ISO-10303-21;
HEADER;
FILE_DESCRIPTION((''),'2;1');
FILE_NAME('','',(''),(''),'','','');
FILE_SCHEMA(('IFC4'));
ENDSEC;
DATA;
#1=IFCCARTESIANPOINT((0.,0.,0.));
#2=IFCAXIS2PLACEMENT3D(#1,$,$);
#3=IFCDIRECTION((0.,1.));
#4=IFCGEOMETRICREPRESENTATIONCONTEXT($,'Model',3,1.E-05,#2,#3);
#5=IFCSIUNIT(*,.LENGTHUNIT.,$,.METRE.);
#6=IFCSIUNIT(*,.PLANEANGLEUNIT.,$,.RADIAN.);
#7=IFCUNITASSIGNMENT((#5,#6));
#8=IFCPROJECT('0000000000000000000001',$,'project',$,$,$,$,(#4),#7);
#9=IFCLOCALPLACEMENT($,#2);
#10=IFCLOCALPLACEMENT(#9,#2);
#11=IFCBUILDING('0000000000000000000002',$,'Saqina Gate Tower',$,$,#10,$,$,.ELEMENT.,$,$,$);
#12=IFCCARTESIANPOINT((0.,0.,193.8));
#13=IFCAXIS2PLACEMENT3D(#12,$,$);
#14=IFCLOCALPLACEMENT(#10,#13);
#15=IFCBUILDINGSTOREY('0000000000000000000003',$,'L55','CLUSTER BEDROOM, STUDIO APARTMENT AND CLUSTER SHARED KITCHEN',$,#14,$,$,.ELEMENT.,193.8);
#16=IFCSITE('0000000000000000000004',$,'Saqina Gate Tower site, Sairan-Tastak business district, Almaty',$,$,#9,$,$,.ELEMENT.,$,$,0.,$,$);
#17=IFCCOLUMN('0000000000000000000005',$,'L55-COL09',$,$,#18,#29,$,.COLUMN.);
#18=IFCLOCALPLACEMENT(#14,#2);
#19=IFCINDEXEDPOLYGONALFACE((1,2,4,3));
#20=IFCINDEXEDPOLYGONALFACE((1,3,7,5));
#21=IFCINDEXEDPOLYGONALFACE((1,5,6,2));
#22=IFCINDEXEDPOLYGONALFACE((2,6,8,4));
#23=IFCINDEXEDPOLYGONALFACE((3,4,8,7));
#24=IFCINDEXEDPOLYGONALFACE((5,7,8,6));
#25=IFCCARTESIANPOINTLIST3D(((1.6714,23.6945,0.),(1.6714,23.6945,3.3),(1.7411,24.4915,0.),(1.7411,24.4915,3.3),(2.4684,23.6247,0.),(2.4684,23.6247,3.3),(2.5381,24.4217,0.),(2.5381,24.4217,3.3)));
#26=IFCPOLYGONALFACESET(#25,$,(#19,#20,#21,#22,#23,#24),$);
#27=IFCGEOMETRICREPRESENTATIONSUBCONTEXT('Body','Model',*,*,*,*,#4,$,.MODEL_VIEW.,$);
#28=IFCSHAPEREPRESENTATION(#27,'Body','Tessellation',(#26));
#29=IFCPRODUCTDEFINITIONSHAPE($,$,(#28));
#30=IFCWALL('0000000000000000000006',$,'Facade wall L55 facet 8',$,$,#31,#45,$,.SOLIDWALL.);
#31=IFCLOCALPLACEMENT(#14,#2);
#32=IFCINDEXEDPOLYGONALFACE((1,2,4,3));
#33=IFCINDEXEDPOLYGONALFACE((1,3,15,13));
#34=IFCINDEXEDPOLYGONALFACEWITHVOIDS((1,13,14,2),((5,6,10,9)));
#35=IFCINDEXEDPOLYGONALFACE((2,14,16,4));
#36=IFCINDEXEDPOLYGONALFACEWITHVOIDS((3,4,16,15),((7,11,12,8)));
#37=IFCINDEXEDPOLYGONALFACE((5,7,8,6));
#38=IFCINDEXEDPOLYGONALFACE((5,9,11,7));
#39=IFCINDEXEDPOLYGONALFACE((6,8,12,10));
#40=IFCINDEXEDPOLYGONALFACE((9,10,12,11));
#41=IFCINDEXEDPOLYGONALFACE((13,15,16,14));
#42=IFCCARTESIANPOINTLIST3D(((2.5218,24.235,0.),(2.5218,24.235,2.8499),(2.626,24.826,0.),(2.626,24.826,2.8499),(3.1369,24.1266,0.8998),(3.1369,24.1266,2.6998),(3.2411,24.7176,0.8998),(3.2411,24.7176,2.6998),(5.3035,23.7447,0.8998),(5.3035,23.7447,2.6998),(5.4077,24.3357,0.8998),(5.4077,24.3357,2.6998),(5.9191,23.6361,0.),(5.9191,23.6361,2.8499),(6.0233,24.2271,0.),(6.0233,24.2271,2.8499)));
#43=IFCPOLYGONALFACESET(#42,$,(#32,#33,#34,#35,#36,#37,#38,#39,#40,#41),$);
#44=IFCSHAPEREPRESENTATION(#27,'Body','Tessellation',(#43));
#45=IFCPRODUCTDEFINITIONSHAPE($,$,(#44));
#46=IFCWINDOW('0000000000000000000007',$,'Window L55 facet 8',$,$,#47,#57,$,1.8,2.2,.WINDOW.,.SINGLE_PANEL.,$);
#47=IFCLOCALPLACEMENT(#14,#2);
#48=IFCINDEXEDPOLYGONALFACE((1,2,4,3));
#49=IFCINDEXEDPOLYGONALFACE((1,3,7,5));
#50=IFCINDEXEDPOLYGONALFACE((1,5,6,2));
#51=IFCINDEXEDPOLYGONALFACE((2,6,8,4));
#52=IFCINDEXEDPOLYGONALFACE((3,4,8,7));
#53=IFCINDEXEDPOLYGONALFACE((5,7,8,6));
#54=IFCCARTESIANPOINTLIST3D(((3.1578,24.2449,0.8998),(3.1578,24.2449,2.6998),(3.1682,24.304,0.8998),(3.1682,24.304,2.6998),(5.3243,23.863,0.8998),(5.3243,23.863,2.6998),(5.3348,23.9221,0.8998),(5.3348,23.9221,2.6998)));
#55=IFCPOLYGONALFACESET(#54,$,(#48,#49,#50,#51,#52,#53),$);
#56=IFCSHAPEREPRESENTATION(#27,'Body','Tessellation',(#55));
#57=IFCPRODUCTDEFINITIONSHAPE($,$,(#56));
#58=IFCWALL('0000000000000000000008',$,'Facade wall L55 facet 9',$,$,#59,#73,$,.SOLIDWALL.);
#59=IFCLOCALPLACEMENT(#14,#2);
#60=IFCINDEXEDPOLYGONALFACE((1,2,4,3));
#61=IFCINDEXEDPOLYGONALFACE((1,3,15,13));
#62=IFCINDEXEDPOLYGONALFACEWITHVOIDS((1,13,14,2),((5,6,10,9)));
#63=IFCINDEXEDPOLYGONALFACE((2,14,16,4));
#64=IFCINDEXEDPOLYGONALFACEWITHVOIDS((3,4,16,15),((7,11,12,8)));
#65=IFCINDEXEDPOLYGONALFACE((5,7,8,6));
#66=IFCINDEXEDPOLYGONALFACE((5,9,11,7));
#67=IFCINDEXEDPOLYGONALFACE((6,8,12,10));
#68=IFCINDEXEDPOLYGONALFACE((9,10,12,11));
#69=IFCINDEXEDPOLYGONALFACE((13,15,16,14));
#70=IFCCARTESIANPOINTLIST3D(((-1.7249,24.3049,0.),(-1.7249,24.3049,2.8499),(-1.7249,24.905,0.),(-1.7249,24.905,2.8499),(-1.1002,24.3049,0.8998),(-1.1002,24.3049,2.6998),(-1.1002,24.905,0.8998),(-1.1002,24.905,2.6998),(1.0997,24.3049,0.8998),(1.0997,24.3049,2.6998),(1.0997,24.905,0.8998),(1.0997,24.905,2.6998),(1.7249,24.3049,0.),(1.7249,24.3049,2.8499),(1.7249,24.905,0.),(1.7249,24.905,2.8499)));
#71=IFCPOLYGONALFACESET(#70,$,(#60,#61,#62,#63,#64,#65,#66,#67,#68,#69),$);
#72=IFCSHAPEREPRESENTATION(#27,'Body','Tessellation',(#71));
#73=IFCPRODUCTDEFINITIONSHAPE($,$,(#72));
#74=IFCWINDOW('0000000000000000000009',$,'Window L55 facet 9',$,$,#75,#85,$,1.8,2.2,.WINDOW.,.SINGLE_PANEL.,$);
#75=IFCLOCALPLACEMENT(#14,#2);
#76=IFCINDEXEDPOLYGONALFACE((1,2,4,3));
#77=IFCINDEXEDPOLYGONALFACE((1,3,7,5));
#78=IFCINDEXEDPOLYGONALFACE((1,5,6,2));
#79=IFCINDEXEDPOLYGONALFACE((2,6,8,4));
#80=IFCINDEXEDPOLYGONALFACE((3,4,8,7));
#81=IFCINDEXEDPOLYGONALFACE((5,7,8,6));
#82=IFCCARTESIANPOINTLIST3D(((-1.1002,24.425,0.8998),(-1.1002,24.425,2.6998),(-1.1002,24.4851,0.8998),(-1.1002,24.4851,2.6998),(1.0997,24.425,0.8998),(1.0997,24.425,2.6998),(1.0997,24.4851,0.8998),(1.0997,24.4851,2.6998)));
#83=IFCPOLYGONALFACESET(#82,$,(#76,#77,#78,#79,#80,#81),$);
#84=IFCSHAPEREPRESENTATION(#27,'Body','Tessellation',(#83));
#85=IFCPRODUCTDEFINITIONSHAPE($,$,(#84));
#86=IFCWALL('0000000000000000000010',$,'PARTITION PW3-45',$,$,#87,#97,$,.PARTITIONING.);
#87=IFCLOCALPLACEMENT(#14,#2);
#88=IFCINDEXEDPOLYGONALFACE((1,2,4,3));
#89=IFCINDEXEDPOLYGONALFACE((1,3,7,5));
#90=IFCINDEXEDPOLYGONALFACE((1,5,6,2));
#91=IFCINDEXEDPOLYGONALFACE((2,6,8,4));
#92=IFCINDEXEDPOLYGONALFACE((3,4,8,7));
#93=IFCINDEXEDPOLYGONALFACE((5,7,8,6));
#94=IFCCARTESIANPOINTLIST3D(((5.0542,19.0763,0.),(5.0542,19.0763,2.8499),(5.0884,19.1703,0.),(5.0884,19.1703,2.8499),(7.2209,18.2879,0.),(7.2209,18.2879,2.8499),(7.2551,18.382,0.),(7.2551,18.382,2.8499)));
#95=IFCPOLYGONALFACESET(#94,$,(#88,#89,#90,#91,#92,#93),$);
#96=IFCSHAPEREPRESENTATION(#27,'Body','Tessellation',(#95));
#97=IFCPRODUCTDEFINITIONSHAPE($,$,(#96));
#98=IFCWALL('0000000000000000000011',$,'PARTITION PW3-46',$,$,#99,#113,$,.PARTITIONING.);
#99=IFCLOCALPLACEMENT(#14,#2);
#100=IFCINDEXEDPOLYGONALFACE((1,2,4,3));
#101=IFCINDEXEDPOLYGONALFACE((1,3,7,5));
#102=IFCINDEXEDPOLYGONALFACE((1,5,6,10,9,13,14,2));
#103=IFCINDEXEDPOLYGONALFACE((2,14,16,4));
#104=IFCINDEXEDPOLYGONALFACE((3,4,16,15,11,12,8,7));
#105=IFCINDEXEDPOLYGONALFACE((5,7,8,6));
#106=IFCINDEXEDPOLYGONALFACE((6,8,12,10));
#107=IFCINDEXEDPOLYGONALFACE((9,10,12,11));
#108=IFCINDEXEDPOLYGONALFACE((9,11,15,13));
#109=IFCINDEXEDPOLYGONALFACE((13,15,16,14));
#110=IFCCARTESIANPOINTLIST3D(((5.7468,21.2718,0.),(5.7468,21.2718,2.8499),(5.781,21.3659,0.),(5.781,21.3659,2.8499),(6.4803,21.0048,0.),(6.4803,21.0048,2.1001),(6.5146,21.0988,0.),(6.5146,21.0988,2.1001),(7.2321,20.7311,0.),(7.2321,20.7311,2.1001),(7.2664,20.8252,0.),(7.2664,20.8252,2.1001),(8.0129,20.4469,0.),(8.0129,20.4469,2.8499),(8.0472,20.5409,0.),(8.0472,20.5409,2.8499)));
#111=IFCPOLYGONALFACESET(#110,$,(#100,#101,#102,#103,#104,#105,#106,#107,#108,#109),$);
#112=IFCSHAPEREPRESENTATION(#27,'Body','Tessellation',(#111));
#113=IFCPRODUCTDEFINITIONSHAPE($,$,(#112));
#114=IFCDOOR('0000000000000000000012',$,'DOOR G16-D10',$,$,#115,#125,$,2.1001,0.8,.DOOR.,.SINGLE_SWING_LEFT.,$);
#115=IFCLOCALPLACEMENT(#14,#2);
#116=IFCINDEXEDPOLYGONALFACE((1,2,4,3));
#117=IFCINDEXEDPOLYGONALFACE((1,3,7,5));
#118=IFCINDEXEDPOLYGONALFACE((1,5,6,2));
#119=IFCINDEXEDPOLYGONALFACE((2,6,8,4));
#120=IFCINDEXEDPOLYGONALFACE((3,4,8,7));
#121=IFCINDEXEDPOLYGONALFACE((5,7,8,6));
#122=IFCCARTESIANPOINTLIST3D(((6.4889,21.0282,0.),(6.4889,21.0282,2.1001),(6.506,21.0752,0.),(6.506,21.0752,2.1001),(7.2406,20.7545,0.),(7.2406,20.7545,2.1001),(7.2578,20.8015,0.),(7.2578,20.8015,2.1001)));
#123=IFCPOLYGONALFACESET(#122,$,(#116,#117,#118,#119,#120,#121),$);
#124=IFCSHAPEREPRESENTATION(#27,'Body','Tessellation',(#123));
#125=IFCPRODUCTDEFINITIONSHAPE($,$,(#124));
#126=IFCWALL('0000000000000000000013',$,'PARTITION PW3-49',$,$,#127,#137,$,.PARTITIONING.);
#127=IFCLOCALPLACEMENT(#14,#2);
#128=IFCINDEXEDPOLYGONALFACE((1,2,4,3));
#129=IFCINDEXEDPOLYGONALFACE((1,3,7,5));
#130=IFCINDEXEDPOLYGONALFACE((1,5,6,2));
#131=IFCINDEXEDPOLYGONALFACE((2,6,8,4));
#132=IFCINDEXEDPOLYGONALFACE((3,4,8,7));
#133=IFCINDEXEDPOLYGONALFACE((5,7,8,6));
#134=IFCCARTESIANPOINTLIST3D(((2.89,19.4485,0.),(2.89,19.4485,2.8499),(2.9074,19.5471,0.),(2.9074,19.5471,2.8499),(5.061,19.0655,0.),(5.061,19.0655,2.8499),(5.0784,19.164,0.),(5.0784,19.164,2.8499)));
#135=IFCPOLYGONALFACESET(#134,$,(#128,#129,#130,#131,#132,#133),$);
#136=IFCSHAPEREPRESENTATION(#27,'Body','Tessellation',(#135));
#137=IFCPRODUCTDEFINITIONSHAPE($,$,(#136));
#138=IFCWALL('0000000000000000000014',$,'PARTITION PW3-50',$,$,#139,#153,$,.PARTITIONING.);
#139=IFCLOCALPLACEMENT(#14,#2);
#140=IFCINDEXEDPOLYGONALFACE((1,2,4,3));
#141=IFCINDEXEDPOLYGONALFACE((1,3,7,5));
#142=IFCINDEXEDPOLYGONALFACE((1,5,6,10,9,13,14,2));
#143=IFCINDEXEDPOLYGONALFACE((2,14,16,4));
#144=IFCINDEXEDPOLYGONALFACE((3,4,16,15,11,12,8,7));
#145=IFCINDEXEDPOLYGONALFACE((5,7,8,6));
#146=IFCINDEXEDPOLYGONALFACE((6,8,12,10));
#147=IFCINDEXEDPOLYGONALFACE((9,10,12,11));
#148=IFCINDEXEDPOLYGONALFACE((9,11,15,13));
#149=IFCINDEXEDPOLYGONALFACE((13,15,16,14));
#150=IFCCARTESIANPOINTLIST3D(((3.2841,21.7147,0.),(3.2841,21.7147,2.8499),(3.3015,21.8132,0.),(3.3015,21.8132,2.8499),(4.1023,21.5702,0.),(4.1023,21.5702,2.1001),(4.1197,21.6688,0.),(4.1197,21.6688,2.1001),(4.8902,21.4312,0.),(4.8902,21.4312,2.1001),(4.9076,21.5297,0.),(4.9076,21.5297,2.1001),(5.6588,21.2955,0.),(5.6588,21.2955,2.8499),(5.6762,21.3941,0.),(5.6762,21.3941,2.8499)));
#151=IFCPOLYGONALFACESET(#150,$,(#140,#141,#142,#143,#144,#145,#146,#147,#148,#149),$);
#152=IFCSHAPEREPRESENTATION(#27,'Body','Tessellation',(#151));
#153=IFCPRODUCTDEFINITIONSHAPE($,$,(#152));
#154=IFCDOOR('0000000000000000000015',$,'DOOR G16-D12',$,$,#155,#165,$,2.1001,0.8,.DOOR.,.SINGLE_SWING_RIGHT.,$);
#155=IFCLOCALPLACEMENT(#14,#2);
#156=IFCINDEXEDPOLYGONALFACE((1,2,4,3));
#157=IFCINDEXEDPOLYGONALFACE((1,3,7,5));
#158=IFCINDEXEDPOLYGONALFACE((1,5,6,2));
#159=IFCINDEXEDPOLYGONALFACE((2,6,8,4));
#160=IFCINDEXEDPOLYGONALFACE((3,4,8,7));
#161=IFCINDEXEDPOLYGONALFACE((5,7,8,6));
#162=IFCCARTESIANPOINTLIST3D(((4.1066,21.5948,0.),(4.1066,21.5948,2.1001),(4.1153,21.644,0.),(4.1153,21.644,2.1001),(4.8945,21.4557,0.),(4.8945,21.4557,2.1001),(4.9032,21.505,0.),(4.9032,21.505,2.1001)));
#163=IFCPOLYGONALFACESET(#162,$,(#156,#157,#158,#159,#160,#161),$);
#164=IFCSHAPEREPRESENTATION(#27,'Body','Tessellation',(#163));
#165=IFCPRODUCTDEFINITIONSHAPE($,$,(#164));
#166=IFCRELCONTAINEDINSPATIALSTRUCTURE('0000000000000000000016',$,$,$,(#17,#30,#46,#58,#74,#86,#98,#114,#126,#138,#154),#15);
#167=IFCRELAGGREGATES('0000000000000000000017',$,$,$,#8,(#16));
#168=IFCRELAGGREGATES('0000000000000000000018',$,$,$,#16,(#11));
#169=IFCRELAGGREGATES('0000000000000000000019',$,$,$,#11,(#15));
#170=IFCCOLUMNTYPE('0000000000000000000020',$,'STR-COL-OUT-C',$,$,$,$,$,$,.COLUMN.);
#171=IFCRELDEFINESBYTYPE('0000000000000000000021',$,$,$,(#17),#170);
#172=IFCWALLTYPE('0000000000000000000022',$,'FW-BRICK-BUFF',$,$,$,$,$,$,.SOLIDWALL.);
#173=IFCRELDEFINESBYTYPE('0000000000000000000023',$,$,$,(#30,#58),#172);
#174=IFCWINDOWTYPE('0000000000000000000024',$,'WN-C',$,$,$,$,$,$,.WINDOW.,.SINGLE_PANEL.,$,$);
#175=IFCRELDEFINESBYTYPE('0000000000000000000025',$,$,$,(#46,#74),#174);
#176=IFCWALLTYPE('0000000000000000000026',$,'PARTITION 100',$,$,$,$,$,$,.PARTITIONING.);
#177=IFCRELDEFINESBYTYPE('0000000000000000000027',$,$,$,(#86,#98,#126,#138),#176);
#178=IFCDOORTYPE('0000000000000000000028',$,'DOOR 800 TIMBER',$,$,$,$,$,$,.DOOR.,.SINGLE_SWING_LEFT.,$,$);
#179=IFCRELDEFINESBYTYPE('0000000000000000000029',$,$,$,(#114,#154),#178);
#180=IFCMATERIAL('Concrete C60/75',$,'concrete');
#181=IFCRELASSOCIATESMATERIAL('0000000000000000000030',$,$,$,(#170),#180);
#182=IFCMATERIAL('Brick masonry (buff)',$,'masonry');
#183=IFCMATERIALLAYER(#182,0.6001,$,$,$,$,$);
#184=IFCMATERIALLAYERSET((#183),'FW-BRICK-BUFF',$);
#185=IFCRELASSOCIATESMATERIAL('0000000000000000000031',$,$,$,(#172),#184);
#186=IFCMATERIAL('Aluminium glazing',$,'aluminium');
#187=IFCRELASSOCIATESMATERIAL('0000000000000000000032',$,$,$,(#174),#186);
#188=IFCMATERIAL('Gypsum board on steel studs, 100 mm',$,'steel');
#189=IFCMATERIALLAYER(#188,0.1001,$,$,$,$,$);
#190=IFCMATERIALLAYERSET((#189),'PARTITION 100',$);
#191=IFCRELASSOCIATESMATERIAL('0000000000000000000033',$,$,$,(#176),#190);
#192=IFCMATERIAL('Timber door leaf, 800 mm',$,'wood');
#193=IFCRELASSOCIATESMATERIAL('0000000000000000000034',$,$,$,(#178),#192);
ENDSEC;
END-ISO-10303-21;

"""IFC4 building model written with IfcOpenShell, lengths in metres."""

from ifc_helpers import new_model, si_unit, direction, frame, frame_2d, origin, origin_2d, place, context, subcontext, project, spatial, rectangle, extrude, material, layer, layer_set, material_profile, profile_set, type_object, element, fill, save


model = new_model("IFC4")

# Units and contexts
model_context = context("Model", 3, precision=1e-05, world=origin(), true_north=direction((0.0, 1.0)))
body_context = subcontext(model_context, "Body", "Model", "MODEL_VIEW")
ifc_project = project(units=[si_unit("LENGTHUNIT", "METRE"), si_unit("PLANEANGLEUNIT", "RADIAN")], contexts=[model_context])

# Site, building, storey
site_placement = place(None, origin())
site = spatial("IfcSite", under=ifc_project, at=site_placement, Name="Saqina Gate Tower site, Sairan-Tastak business district, Almaty", CompositionType="ELEMENT", RefElevation=0.0)
building_placement = place(site_placement, origin())
building = spatial("IfcBuilding", under=site, at=building_placement, Name="Saqina Gate Tower", CompositionType="ELEMENT")
storey_placement = place(building_placement, frame((0.0, 0.0, 193.8)))
storey = spatial("IfcBuildingStorey", under=building, at=storey_placement, Name="L55", Description="CLUSTER BEDROOM, STUDIO APARTMENT AND CLUSTER SHARED KITCHEN", CompositionType="ELEMENT", Elevation=193.8)

# Column
ifc_material_1 = material(Name="Concrete C60/75", Category="concrete")
ifc_material_profile = material_profile(ifc_material_1, rectangle(XDim=0.8, YDim=0.8, at=origin_2d()), Name="RC 800x800")
ifc_profile_set = profile_set([ifc_material_profile], Name="Concrete C60/75")
column_type = type_object("IfcColumnType", Name="STR-COL-OUT-C", PredefinedType="COLUMN", material=ifc_profile_set)
column_placement = place(storey_placement, frame((2.1047, 24.0581, 0.0), z_axis=(0.0, 0.0, 1.0), x_axis=(0.087156, 0.996195, 0.0)))
element("IfcColumn", 1, at=column_placement, inside=storey, type_object=column_type, Name="L55-COL09", PredefinedType="COLUMN", context=body_context, shape_type="SweptSolid", body=[
    extrude(rectangle(XDim=0.8, YDim=0.8, at=origin_2d()), origin(), (0.0, 0.0, 1.0), 3.3),
])

# Walls, openings, windows
ifc_material_2 = material(Name="Brick masonry (buff)", Category="masonry")
ifc_layer_1 = layer(ifc_material_2, 0.6001)
ifc_layer_set_1 = layer_set([ifc_layer_1], Name="FW-BRICK-BUFF")
wall_type_1 = type_object("IfcWallType", Name="FW-BRICK-BUFF", PredefinedType="SOLIDWALL", material=ifc_layer_set_1)
wall_1_placement = place(storey_placement, frame((5.9712, 23.9316, 0.0), z_axis=(0.0, 0.0, 1.0), x_axis=(-0.984815, 0.173608, 0.0)))
wall_1 = element("IfcWall", 2, at=wall_1_placement, inside=storey, type_object=wall_type_1, Name="Facade wall L55 facet 8", PredefinedType="SOLIDWALL", context=body_context, shape_type="SweptSolid", body=[
    extrude(rectangle(XDim=3.4497, YDim=0.6001, at=frame_2d((1.7249, 0.0))), origin(), (0.0, 0.0, 1.0), 2.8499),
])
opening_1_placement = place(wall_1_placement, frame((0.625, 0.0, 0.8999)))
opening_1 = element("IfcOpeningElement", 3, at=opening_1_placement, cuts=wall_1, PredefinedType="OPENING", context=body_context, shape_type="SweptSolid", body=[
    extrude(rectangle(XDim=2.2, YDim=1.8, at=frame_2d((1.1001, 0.8999))), frame((0.0, 0.312, 0.0), z_axis=(0.0, -1.0, 0.0), x_axis=(1.0, 0.0, 0.0)), (0.0, 0.0, 1.0), 0.624),
])
ifc_material_3 = material(Name="Aluminium glazing", Category="aluminium")
window_type = type_object("IfcWindowType", Name="WN-C", PartitioningType="SINGLE_PANEL", PredefinedType="WINDOW", material=ifc_material_3)
window_1_placement = place(opening_1_placement, origin())
window_1 = element("IfcWindow", 4, at=window_1_placement, inside=storey, type_object=window_type, Name="Window L55 facet 8", OverallHeight=1.8, OverallWidth=2.2, PartitioningType="SINGLE_PANEL", PredefinedType="WINDOW", context=body_context, shape_type="SweptSolid", body=[
    extrude(rectangle(XDim=2.2, YDim=1.8, at=frame_2d((1.1001, 0.8999))), frame((0.0, 0.1799, 0.0), z_axis=(0.0, -1.0, 0.0), x_axis=(1.0, 0.0, 0.0)), (0.0, 0.0, 1.0), 0.0601),
])
fill(opening_1, window_1)
wall_2_placement = place(storey_placement, frame((1.7249, 24.605, 0.0), z_axis=(0.0, 0.0, 1.0), x_axis=(-1.0, 0.0, 0.0)))
wall_2 = element("IfcWall", 5, at=wall_2_placement, inside=storey, type_object=wall_type_1, Name="Facade wall L55 facet 9", PredefinedType="SOLIDWALL", context=body_context, shape_type="SweptSolid", body=[
    extrude(rectangle(XDim=3.4497, YDim=0.6001, at=frame_2d((1.7249, 0.0))), origin(), (0.0, 0.0, 1.0), 2.8499),
])
opening_2_placement = place(wall_2_placement, frame((0.625, 0.0, 0.8999)))
opening_2 = element("IfcOpeningElement", 6, at=opening_2_placement, cuts=wall_2, PredefinedType="OPENING", context=body_context, shape_type="SweptSolid", body=[
    extrude(rectangle(XDim=2.2, YDim=1.8, at=frame_2d((1.1001, 0.8999))), frame((0.0, 0.312, 0.0), z_axis=(0.0, -1.0, 0.0), x_axis=(1.0, 0.0, 0.0)), (0.0, 0.0, 1.0), 0.624),
])
window_2_placement = place(opening_2_placement, origin())
window_2 = element("IfcWindow", 7, at=window_2_placement, inside=storey, type_object=window_type, Name="Window L55 facet 9", OverallHeight=1.8, OverallWidth=2.2, PartitioningType="SINGLE_PANEL", PredefinedType="WINDOW", context=body_context, shape_type="SweptSolid", body=[
    extrude(rectangle(XDim=2.2, YDim=1.8, at=frame_2d((1.1001, 0.8999))), frame((0.0, 0.1799, 0.0), z_axis=(0.0, -1.0, 0.0), x_axis=(1.0, 0.0, 0.0)), (0.0, 0.0, 1.0), 0.0601),
])
fill(opening_2, window_2)

# Wall
ifc_material_4 = material(Name="Gypsum board on steel studs, 100 mm", Category="steel")
ifc_layer_2 = layer(ifc_material_4, 0.1001)
ifc_layer_set_2 = layer_set([ifc_layer_2], Name="PARTITION 100")
wall_type_2 = type_object("IfcWallType", Name="PARTITION 100", PredefinedType="PARTITIONING", material=ifc_layer_set_2)
wall_3_placement = place(storey_placement, frame((5.0713, 19.1233, 0.0), z_axis=(0.0, 0.0, 1.0), x_axis=(0.939735, -0.341905, 0.0)))
element("IfcWall", 8, at=wall_3_placement, inside=storey, type_object=wall_type_2, Name="PARTITION PW3-45", PredefinedType="PARTITIONING", context=body_context, shape_type="SweptSolid", body=[
    extrude(rectangle(XDim=2.3057, YDim=0.1001, at=frame_2d((1.1528, 0.0))), origin(), (0.0, 0.0, 1.0), 2.8499),
])

# Wall, opening, door
wall_4_placement = place(storey_placement, frame((5.7639, 21.3188, 0.0), z_axis=(0.0, 0.0, 1.0), x_axis=(0.939672, -0.342076, 0.0)))
wall_4 = element("IfcWall", 9, at=wall_4_placement, inside=storey, type_object=wall_type_2, Name="PARTITION PW3-46", PredefinedType="PARTITIONING", context=body_context, shape_type="SweptSolid", body=[
    extrude(rectangle(XDim=2.4116, YDim=0.1001, at=frame_2d((1.2058, 0.0))), origin(), (0.0, 0.0, 1.0), 2.8499),
])
opening_3_placement = place(wall_4_placement, frame((0.7808, 0.0, 0.0)))
opening_3 = element("IfcOpeningElement", 10, at=opening_3_placement, cuts=wall_4, PredefinedType="OPENING", context=body_context, shape_type="SweptSolid", body=[
    extrude(rectangle(XDim=0.8, YDim=2.1001, at=frame_2d((0.3999, 1.05))), frame((0.0, 0.062, 0.0), z_axis=(0.0, -1.0, 0.0), x_axis=(1.0, 0.0, 0.0)), (0.0, 0.0, 1.0), 0.124),
])
ifc_material_5 = material(Name="Timber door leaf, 800 mm", Category="wood")
door_type_1 = type_object("IfcDoorType", Name="DOOR 800 TIMBER", OperationType="SINGLE_SWING_LEFT", PredefinedType="DOOR", material=ifc_material_5)
door_1_placement = place(opening_3_placement, origin())
door_1 = element("IfcDoor", 11, at=door_1_placement, inside=storey, type_object=door_type_1, Name="DOOR G16-D10", OperationType="SINGLE_SWING_LEFT", OverallHeight=2.1001, OverallWidth=0.8, PredefinedType="DOOR", context=body_context, shape_type="SweptSolid", body=[
    extrude(rectangle(XDim=0.8, YDim=2.1001, at=frame_2d((0.3999, 1.05))), frame((0.0, 0.0249, 0.0), z_axis=(0.0, -1.0, 0.0), x_axis=(1.0, 0.0, 0.0)), (0.0, 0.0, 1.0), 0.05),
])
fill(opening_3, door_1)

# Wall
wall_5_placement = place(storey_placement, frame((2.8987, 19.4978, 0.0), z_axis=(0.0, 0.0, 1.0), x_axis=(0.98479, -0.173747, 0.0)))
element("IfcWall", 12, at=wall_5_placement, inside=storey, type_object=wall_type_2, Name="PARTITION PW3-49", PredefinedType="PARTITIONING", context=body_context, shape_type="SweptSolid", body=[
    extrude(rectangle(XDim=2.2046, YDim=0.1001, at=frame_2d((1.1023, 0.0))), origin(), (0.0, 0.0, 1.0), 2.8499),
])

# Wall, opening, door
wall_6_placement = place(storey_placement, frame((3.293, 21.7639, 0.0), z_axis=(0.0, 0.0, 1.0), x_axis=(0.984775, -0.173832, 0.0)))
wall_6 = element("IfcWall", 13, at=wall_6_placement, inside=storey, type_object=wall_type_2, Name="PARTITION PW3-50", PredefinedType="PARTITIONING", context=body_context, shape_type="SweptSolid", body=[
    extrude(rectangle(XDim=2.4114, YDim=0.1001, at=frame_2d((1.2056, 0.0))), origin(), (0.0, 0.0, 1.0), 2.8499),
])
opening_4_placement = place(wall_6_placement, frame((0.8308, 0.0, 0.0)))
opening_4 = element("IfcOpeningElement", 14, at=opening_4_placement, cuts=wall_6, PredefinedType="OPENING", context=body_context, shape_type="SweptSolid", body=[
    extrude(rectangle(XDim=0.8, YDim=2.1001, at=frame_2d((0.3999, 1.05))), frame((0.0, 0.062, 0.0), z_axis=(0.0, -1.0, 0.0), x_axis=(1.0, 0.0, 0.0)), (0.0, 0.0, 1.0), 0.124),
])
door_2_placement = place(opening_4_placement, origin())
door_2 = element("IfcDoor", 15, at=door_2_placement, inside=storey, type_object=door_type_1, Name="DOOR G16-D12", OperationType="SINGLE_SWING_RIGHT", OverallHeight=2.1001, OverallWidth=0.8, PredefinedType="DOOR", context=body_context, shape_type="SweptSolid", body=[
    extrude(rectangle(XDim=0.8, YDim=2.1001, at=frame_2d((0.3999, 1.05))), frame((0.0, 0.0249, 0.0), z_axis=(0.0, -1.0, 0.0), x_axis=(1.0, 0.0, 0.0)), (0.0, 0.0, 1.0), 0.05),
])
fill(opening_4, door_2)

save(model, "model.ifc")
